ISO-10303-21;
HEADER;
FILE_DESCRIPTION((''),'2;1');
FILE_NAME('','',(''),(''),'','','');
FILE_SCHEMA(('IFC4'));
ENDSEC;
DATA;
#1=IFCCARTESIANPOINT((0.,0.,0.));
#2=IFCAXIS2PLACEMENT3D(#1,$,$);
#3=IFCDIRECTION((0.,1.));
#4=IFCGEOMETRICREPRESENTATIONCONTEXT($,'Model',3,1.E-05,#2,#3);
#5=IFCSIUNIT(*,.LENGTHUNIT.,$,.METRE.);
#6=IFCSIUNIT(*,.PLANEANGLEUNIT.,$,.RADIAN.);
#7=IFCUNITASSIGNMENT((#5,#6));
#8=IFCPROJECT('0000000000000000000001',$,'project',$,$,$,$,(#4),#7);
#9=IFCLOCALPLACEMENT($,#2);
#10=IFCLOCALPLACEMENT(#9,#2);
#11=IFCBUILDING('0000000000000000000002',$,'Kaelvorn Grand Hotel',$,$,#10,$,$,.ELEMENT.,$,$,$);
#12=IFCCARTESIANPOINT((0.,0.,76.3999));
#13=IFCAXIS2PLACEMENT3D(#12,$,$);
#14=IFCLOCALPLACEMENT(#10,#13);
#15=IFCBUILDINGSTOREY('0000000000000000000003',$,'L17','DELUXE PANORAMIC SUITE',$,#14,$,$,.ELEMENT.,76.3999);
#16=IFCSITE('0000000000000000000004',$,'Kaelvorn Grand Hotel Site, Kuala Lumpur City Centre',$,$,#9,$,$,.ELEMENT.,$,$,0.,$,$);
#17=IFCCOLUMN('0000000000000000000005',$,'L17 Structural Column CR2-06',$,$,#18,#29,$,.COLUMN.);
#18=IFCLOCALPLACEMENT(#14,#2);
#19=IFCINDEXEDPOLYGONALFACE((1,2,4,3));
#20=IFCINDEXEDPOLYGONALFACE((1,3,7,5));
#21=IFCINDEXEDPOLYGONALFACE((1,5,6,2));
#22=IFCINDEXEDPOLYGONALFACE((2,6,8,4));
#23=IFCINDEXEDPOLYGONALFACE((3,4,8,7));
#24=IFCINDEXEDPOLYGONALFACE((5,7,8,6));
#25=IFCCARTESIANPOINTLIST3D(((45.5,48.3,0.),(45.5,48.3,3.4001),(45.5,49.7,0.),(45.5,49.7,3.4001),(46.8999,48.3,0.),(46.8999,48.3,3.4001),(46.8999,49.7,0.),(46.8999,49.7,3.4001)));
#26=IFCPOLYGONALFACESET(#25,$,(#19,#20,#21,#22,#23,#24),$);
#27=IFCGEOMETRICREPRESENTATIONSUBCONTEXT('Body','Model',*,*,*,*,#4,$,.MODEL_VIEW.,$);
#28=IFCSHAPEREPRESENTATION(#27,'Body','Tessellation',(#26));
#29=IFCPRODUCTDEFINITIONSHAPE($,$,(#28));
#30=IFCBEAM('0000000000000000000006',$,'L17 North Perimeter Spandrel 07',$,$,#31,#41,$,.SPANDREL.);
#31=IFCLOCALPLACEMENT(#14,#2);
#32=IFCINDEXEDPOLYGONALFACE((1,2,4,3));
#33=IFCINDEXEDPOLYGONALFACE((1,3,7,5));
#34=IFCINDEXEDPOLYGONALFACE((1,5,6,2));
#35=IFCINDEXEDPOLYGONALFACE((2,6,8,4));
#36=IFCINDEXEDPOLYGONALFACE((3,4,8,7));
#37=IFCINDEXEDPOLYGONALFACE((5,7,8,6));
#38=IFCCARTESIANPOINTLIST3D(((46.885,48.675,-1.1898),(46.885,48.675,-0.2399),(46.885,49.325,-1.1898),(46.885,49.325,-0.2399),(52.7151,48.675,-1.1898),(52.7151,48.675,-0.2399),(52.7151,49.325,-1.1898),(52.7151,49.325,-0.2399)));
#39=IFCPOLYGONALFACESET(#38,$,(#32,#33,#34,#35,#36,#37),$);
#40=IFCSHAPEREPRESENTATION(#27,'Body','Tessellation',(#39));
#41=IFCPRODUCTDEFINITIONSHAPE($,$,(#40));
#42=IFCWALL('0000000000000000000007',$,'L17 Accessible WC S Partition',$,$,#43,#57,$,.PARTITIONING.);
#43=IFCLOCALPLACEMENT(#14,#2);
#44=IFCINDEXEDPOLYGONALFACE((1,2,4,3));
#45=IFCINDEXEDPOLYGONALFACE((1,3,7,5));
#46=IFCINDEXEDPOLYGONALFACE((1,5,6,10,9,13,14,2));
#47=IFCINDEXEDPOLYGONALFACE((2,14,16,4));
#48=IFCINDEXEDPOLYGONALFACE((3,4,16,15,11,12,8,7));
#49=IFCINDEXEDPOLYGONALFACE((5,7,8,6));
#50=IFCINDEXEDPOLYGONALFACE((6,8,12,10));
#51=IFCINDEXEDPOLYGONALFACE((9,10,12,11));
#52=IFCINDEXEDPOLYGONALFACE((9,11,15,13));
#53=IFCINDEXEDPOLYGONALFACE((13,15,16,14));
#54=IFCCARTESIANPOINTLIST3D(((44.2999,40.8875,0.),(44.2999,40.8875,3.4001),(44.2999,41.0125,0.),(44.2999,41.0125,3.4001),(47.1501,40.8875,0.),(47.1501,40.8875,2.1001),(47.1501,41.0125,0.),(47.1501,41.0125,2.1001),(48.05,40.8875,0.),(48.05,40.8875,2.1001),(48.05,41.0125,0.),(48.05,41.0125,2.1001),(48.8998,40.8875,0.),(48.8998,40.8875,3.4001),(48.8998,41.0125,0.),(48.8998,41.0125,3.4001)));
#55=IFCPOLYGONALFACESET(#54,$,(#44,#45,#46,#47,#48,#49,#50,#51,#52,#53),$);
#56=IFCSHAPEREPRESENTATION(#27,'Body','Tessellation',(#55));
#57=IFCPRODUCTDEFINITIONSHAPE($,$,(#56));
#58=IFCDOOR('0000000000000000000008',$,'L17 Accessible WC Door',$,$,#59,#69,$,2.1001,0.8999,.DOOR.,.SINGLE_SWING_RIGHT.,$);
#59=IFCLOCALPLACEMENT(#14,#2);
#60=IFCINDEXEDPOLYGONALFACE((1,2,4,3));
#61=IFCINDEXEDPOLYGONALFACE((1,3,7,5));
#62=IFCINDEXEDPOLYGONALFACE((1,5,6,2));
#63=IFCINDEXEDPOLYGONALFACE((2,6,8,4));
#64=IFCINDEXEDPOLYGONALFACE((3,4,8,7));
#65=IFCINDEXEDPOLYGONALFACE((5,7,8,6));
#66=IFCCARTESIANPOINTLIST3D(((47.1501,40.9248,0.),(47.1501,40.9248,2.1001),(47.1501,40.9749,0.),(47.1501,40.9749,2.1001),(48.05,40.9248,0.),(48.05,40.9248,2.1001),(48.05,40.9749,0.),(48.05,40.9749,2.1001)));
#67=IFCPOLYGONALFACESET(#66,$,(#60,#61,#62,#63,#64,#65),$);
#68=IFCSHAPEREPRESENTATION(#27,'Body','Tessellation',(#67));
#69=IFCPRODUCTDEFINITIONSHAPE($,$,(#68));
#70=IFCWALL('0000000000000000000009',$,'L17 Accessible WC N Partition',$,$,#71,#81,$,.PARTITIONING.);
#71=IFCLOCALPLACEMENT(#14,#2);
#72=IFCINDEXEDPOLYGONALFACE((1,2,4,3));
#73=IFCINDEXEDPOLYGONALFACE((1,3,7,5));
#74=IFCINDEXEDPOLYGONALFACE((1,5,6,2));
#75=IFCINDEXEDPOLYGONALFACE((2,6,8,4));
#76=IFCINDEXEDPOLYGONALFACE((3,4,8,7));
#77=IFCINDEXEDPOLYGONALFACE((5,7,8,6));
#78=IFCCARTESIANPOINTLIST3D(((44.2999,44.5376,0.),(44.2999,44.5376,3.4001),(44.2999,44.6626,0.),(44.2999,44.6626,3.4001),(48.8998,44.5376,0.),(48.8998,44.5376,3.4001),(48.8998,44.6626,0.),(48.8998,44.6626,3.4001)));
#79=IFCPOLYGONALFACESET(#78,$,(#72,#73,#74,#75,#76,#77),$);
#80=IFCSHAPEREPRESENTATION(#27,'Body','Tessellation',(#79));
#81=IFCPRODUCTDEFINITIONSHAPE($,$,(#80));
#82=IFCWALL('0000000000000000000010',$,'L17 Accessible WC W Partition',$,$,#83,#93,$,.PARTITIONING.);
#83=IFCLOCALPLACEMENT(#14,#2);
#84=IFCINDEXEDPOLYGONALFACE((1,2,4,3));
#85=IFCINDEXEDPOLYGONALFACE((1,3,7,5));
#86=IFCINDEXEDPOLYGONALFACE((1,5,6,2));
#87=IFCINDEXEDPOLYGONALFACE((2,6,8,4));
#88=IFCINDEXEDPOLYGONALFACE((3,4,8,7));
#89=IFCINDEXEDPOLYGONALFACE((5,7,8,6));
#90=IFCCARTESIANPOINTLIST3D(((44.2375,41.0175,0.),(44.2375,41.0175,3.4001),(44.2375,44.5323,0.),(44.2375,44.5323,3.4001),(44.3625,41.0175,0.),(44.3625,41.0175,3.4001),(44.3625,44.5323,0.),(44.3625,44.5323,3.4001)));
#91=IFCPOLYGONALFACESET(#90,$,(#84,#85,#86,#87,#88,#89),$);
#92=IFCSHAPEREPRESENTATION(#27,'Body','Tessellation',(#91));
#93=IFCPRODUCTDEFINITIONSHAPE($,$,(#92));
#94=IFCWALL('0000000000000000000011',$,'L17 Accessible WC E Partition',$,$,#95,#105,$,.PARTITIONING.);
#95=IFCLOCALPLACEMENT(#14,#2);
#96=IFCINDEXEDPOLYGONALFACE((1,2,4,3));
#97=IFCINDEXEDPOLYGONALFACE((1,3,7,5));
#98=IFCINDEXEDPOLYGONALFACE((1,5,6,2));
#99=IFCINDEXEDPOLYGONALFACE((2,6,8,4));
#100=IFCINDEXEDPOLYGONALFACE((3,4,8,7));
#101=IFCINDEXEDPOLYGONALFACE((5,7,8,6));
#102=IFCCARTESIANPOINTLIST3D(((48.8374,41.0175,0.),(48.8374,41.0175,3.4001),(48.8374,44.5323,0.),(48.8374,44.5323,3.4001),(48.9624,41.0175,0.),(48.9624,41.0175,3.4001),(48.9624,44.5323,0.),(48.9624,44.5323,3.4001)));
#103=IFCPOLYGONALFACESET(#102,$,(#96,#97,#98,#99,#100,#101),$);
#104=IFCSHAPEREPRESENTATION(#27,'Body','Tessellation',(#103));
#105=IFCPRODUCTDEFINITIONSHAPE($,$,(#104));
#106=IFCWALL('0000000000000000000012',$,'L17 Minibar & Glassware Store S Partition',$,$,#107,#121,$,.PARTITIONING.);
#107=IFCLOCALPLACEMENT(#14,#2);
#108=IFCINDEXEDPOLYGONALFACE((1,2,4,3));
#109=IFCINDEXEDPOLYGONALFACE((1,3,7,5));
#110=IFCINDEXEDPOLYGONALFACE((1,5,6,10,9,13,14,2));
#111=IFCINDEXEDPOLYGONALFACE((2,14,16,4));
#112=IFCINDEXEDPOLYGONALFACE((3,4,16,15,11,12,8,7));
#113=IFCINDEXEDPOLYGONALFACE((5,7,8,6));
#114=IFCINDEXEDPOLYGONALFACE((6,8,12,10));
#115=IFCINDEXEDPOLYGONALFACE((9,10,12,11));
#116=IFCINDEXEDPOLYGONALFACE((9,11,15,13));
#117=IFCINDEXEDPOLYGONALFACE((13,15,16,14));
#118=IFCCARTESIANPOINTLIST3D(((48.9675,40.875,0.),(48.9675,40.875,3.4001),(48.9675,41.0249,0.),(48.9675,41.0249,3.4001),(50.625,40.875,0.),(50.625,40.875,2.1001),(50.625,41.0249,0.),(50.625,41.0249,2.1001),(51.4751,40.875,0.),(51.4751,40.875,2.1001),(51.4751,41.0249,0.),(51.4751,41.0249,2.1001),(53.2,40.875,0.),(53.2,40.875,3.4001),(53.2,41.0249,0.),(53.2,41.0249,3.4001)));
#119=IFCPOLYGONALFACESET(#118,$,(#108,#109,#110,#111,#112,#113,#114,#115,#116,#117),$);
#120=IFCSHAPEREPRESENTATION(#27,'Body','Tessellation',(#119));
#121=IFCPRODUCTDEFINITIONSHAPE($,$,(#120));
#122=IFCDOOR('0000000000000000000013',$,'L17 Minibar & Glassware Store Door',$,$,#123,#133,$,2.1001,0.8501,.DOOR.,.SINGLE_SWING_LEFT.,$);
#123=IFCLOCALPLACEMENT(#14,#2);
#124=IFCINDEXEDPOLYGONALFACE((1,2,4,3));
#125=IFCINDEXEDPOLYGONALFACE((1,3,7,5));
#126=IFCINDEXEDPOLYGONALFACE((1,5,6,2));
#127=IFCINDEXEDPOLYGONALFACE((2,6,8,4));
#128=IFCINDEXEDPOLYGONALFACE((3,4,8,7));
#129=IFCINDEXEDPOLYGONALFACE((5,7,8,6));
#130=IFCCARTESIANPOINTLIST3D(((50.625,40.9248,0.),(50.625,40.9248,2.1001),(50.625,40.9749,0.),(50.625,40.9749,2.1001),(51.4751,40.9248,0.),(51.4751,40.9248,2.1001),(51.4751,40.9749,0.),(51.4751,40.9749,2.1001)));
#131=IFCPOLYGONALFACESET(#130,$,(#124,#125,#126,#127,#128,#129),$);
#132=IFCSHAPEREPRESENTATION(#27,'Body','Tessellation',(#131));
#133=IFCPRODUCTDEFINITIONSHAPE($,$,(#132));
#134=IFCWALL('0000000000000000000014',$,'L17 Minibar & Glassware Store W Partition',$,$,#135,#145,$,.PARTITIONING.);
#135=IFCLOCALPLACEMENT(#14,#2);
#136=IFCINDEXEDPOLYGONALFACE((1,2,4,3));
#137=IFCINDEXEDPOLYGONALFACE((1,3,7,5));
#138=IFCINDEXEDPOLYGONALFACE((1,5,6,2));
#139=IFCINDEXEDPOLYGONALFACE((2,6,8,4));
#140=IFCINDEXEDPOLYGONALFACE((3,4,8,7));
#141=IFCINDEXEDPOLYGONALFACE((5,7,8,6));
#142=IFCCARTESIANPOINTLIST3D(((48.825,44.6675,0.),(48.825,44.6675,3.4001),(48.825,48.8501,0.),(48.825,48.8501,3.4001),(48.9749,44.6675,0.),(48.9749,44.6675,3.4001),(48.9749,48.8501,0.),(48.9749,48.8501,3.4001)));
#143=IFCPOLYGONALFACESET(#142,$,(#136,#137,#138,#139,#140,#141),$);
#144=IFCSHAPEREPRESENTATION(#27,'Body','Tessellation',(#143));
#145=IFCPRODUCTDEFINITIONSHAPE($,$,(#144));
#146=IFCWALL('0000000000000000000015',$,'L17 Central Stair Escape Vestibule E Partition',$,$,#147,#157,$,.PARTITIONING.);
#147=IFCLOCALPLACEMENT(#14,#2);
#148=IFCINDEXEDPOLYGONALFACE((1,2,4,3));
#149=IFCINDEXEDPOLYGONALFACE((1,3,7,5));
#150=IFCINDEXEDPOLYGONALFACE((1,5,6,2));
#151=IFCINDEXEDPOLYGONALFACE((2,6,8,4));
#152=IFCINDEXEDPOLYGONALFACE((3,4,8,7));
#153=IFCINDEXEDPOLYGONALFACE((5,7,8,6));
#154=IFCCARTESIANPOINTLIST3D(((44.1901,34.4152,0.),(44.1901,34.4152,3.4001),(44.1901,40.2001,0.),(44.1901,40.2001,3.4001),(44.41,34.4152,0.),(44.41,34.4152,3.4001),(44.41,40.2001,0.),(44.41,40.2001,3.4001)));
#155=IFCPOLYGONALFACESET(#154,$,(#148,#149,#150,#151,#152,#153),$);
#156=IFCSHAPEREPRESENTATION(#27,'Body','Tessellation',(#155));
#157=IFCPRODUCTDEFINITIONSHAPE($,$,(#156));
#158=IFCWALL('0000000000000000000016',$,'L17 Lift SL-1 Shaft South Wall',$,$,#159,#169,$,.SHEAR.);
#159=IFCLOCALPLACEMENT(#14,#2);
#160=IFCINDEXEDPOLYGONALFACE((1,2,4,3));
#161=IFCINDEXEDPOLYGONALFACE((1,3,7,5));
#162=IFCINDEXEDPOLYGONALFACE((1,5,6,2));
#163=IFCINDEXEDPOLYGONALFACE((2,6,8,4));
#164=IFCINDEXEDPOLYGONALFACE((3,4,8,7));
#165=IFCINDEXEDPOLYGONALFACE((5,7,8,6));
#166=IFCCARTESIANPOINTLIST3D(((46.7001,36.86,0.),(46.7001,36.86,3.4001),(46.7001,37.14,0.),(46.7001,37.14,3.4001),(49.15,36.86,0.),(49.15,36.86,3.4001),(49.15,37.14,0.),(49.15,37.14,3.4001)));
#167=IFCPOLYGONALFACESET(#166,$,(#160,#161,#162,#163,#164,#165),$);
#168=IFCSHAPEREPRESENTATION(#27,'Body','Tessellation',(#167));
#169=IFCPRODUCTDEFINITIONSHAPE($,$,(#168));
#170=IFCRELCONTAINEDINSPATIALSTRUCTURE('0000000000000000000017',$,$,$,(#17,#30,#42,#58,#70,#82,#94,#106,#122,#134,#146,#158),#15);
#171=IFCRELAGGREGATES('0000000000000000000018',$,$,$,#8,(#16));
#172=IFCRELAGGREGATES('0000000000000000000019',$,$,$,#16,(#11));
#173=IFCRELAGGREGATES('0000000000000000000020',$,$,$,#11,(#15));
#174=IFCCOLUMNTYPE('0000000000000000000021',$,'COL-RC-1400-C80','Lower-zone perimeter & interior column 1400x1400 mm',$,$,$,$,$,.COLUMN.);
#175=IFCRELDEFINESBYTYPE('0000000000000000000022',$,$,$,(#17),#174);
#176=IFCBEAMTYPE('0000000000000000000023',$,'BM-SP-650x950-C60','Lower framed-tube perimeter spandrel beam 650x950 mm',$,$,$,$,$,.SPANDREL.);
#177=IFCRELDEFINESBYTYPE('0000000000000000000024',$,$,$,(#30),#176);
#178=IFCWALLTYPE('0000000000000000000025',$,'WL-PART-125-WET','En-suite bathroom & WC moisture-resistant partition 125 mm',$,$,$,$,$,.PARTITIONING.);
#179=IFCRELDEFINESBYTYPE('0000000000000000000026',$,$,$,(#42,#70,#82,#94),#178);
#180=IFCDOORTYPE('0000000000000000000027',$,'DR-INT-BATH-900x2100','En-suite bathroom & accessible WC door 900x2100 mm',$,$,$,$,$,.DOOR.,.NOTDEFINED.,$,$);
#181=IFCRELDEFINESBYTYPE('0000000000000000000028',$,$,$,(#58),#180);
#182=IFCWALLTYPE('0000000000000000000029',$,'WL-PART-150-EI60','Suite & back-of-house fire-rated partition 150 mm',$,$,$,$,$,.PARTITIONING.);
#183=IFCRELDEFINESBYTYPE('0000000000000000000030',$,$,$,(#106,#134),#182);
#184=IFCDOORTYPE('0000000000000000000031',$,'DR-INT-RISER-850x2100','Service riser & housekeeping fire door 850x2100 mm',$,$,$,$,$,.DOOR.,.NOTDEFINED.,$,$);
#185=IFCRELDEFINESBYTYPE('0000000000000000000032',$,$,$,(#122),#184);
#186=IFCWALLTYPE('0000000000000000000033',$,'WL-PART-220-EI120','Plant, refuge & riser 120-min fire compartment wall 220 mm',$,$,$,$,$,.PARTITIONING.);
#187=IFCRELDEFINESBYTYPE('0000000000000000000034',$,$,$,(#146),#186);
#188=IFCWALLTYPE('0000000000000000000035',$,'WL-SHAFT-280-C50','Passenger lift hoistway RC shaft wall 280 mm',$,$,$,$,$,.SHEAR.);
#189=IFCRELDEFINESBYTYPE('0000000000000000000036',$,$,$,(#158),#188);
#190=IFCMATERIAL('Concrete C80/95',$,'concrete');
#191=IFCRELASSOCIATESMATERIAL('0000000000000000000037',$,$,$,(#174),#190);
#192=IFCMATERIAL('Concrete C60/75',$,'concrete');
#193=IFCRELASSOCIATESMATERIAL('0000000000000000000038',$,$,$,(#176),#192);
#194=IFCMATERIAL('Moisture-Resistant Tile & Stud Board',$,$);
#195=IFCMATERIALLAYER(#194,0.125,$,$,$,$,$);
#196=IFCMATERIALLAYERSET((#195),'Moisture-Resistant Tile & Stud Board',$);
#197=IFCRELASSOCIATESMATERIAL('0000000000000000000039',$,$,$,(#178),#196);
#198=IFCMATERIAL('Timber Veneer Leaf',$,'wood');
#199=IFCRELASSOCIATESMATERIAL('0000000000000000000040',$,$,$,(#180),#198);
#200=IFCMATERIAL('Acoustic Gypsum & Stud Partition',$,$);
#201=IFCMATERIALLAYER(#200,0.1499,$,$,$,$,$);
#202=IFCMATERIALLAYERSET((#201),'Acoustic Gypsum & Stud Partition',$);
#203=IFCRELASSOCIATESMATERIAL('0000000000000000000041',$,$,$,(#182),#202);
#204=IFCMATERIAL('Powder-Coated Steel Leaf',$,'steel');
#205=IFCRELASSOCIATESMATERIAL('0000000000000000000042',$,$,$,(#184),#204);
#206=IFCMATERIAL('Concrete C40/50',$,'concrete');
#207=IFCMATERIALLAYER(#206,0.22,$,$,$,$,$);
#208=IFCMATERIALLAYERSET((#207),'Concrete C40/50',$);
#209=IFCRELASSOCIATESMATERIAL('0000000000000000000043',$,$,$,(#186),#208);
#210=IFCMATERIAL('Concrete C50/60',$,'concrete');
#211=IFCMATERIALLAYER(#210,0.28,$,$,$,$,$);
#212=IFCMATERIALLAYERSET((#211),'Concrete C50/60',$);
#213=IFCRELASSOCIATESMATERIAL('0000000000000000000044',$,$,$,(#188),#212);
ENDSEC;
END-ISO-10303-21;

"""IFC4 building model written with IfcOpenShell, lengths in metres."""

from ifc_helpers import new_model, si_unit, direction, frame, frame_2d, origin, origin_2d, place, context, subcontext, project, spatial, rectangle, extrude, material, layer, layer_set, material_profile, profile_set, type_object, element, fill, save


model = new_model("IFC4")

# Units and contexts
model_context = context("Model", 3, precision=1e-05, world=origin(), true_north=direction((0.0, 1.0)))
body_context = subcontext(model_context, "Body", "Model", "MODEL_VIEW")
ifc_project = project(units=[si_unit("LENGTHUNIT", "METRE"), si_unit("PLANEANGLEUNIT", "RADIAN")], contexts=[model_context])

# Site, building, storey
site_placement = place(None, origin())
site = spatial("IfcSite", under=ifc_project, at=site_placement, Name="Kaelvorn Grand Hotel Site, Kuala Lumpur City Centre", CompositionType="ELEMENT", RefElevation=0.0)
building_placement = place(site_placement, origin())
building = spatial("IfcBuilding", under=site, at=building_placement, Name="Kaelvorn Grand Hotel", CompositionType="ELEMENT")
storey_placement = place(building_placement, frame((0.0, 0.0, 76.3999)))
storey = spatial("IfcBuildingStorey", under=building, at=storey_placement, Name="L17", Description="DELUXE PANORAMIC SUITE", CompositionType="ELEMENT", Elevation=76.3999)

# Column
ifc_material_1 = material(Name="Concrete C80/95", Category="concrete")
ifc_material_profile_1 = material_profile(ifc_material_1, rectangle(XDim=1.3999, YDim=1.3999, at=origin_2d()), Name="RC COL 1400x1400")
ifc_profile_set_1 = profile_set([ifc_material_profile_1], Name="Concrete C80/95")
column_type = type_object("IfcColumnType", Name="COL-RC-1400-C80", Description="Lower-zone perimeter & interior column 1400x1400 mm", PredefinedType="COLUMN", material=ifc_profile_set_1)
column_placement = place(storey_placement, frame((46.2, 49.0, 0.0), z_axis=(0.0, 0.0, 1.0), x_axis=(1.0, 0.0, 0.0)))
element("IfcColumn", 1, at=column_placement, inside=storey, type_object=column_type, Name="L17 Structural Column CR2-06", PredefinedType="COLUMN", context=body_context, shape_type="SweptSolid", body=[
    extrude(rectangle(XDim=1.3999, YDim=1.3999, at=origin_2d()), origin(), (0.0, 0.0, 1.0), 3.4001),
])

# Beam
ifc_material_2 = material(Name="Concrete C60/75", Category="concrete")
ifc_material_profile_2 = material_profile(ifc_material_2, rectangle(XDim=0.6499, YDim=0.95, at=origin_2d()), Name="RC SPANDREL 650x950")
ifc_profile_set_2 = profile_set([ifc_material_profile_2], Name="Concrete C60/75")
beam_type = type_object("IfcBeamType", Name="BM-SP-650x950-C60", Description="Lower framed-tube perimeter spandrel beam 650x950 mm", PredefinedType="SPANDREL", material=ifc_profile_set_2)
beam_placement = place(storey_placement, frame((46.885, 49.0, -0.7148), z_axis=(1.0, 0.0, 0.0), x_axis=(0.0, 1.0, 0.0)))
element("IfcBeam", 2, at=beam_placement, inside=storey, type_object=beam_type, Name="L17 North Perimeter Spandrel 07", PredefinedType="SPANDREL", context=body_context, shape_type="SweptSolid", body=[
    extrude(rectangle(XDim=0.6499, YDim=0.95, at=origin_2d()), origin(), (0.0, 0.0, 1.0), 5.8301),
])

# Wall, opening, door
ifc_material_3 = material(Name="Moisture-Resistant Tile & Stud Board")
ifc_layer_1 = layer(ifc_material_3, 0.125)
ifc_layer_set_1 = layer_set([ifc_layer_1], Name="Moisture-Resistant Tile & Stud Board")
wall_type_1 = type_object("IfcWallType", Name="WL-PART-125-WET", Description="En-suite bathroom & WC moisture-resistant partition 125 mm", PredefinedType="PARTITIONING", material=ifc_layer_set_1)
wall_1_placement = place(storey_placement, frame((44.3, 40.95, 0.0), z_axis=(0.0, 0.0, 1.0), x_axis=(1.0, 0.0, 0.0)))
wall_1 = element("IfcWall", 3, at=wall_1_placement, inside=storey, type_object=wall_type_1, Name="L17 Accessible WC S Partition", PredefinedType="PARTITIONING", context=body_context, shape_type="SweptSolid", body=[
    extrude(rectangle(XDim=4.5999, YDim=0.125, at=frame_2d((2.2998, 0.0))), origin(), (0.0, 0.0, 1.0), 3.4001),
])
opening_1_placement = place(wall_1_placement, frame((2.8501, 0.0, 0.0)))
opening_1 = element("IfcOpeningElement", 4, at=opening_1_placement, cuts=wall_1, PredefinedType="OPENING", context=body_context, shape_type="SweptSolid", body=[
    extrude(rectangle(XDim=0.8999, YDim=2.1001, at=frame_2d((0.45, 1.05))), frame((0.0, 0.0725, 0.0), z_axis=(0.0, -1.0, 0.0), x_axis=(1.0, 0.0, 0.0)), (0.0, 0.0, 1.0), 0.145),
])
ifc_material_4 = material(Name="Timber Veneer Leaf", Category="wood")
door_type_1 = type_object("IfcDoorType", Name="DR-INT-BATH-900x2100", Description="En-suite bathroom & accessible WC door 900x2100 mm", OperationType="NOTDEFINED", PredefinedType="DOOR", material=ifc_material_4)
door_1_placement = place(opening_1_placement, origin())
door_1 = element("IfcDoor", 5, at=door_1_placement, inside=storey, type_object=door_type_1, Name="L17 Accessible WC Door", OperationType="SINGLE_SWING_RIGHT", OverallHeight=2.1001, OverallWidth=0.8999, PredefinedType="DOOR", context=body_context, shape_type="SweptSolid", body=[
    extrude(rectangle(XDim=0.8999, YDim=2.1001, at=frame_2d((0.45, 1.05))), frame((0.0, 0.0249, 0.0), z_axis=(0.0, -1.0, 0.0), x_axis=(1.0, 0.0, 0.0)), (0.0, 0.0, 1.0), 0.05),
])
fill(opening_1, door_1)

# Walls
wall_2_placement = place(storey_placement, frame((44.3, 44.6001, 0.0), z_axis=(0.0, 0.0, 1.0), x_axis=(1.0, 0.0, 0.0)))
element("IfcWall", 6, at=wall_2_placement, inside=storey, type_object=wall_type_1, Name="L17 Accessible WC N Partition", PredefinedType="PARTITIONING", context=body_context, shape_type="SweptSolid", body=[
    extrude(rectangle(XDim=4.5999, YDim=0.125, at=frame_2d((2.2998, 0.0))), origin(), (0.0, 0.0, 1.0), 3.4001),
])
for number, where, z_axis, x_axis, name in (
    (7, (44.3, 41.0176, 0.0), (0.0, 0.0, 1.0), (0.0, 1.0, 0.0), "L17 Accessible WC W Partition"),
    (8, (48.8999, 41.0176, 0.0), (0.0, 0.0, 1.0), (0.0, 1.0, 0.0), "L17 Accessible WC E Partition"),
):
    element("IfcWall", number, at=place(storey_placement, frame(where, z_axis=z_axis, x_axis=x_axis)), inside=storey, type_object=wall_type_1, Name=name, PredefinedType="PARTITIONING", context=body_context, shape_type="SweptSolid", body=[
        extrude(rectangle(XDim=3.5149, YDim=0.125, at=frame_2d((1.7573, 0.0))), origin(), (0.0, 0.0, 1.0), 3.4001),
    ])

# Wall, opening, door
ifc_material_5 = material(Name="Acoustic Gypsum & Stud Partition")
ifc_layer_2 = layer(ifc_material_5, 0.1499)
ifc_layer_set_2 = layer_set([ifc_layer_2], Name="Acoustic Gypsum & Stud Partition")
wall_type_2 = type_object("IfcWallType", Name="WL-PART-150-EI60", Description="Suite & back-of-house fire-rated partition 150 mm", PredefinedType="PARTITIONING", material=ifc_layer_set_2)
wall_3_placement = place(storey_placement, frame((48.9675, 40.95, 0.0), z_axis=(0.0, 0.0, 1.0), x_axis=(1.0, 0.0, 0.0)))
wall_3 = element("IfcWall", 9, at=wall_3_placement, inside=storey, type_object=wall_type_2, Name="L17 Minibar & Glassware Store S Partition", PredefinedType="PARTITIONING", context=body_context, shape_type="SweptSolid", body=[
    extrude(rectangle(XDim=4.2324, YDim=0.1499, at=frame_2d((2.1162, 0.0))), origin(), (0.0, 0.0, 1.0), 3.4001),
])
opening_2_placement = place(wall_3_placement, frame((1.6575, 0.0, 0.0)))
opening_2 = element("IfcOpeningElement", 10, at=opening_2_placement, cuts=wall_3, PredefinedType="OPENING", context=body_context, shape_type="SweptSolid", body=[
    extrude(rectangle(XDim=0.8501, YDim=2.1001, at=frame_2d((0.425, 1.05))), frame((0.0, 0.085, 0.0), z_axis=(0.0, -1.0, 0.0), x_axis=(1.0, 0.0, 0.0)), (0.0, 0.0, 1.0), 0.1699),
])
ifc_material_6 = material(Name="Powder-Coated Steel Leaf", Category="steel")
door_type_2 = type_object("IfcDoorType", Name="DR-INT-RISER-850x2100", Description="Service riser & housekeeping fire door 850x2100 mm", OperationType="NOTDEFINED", PredefinedType="DOOR", material=ifc_material_6)
door_2_placement = place(opening_2_placement, origin())
door_2 = element("IfcDoor", 11, at=door_2_placement, inside=storey, type_object=door_type_2, Name="L17 Minibar & Glassware Store Door", OperationType="SINGLE_SWING_LEFT", OverallHeight=2.1001, OverallWidth=0.8501, PredefinedType="DOOR", context=body_context, shape_type="SweptSolid", body=[
    extrude(rectangle(XDim=0.8501, YDim=2.1001, at=frame_2d((0.425, 1.05))), frame((0.0, 0.0249, 0.0), z_axis=(0.0, -1.0, 0.0), x_axis=(1.0, 0.0, 0.0)), (0.0, 0.0, 1.0), 0.05),
])
fill(opening_2, door_2)

# Walls
wall_4_placement = place(storey_placement, frame((48.8999, 44.6675, 0.0), z_axis=(0.0, 0.0, 1.0), x_axis=(0.0, 1.0, 0.0)))
element("IfcWall", 12, at=wall_4_placement, inside=storey, type_object=wall_type_2, Name="L17 Minibar & Glassware Store W Partition", PredefinedType="PARTITIONING", context=body_context, shape_type="SweptSolid", body=[
    extrude(rectangle(XDim=4.1826, YDim=0.1499, at=frame_2d((2.0913, 0.0))), origin(), (0.0, 0.0, 1.0), 3.4001),
])
ifc_material_7 = material(Name="Concrete C40/50", Category="concrete")
ifc_layer_3 = layer(ifc_material_7, 0.22)
ifc_layer_set_3 = layer_set([ifc_layer_3], Name="Concrete C40/50")
wall_type_3 = type_object("IfcWallType", Name="WL-PART-220-EI120", Description="Plant, refuge & riser 120-min fire compartment wall 220 mm", PredefinedType="PARTITIONING", material=ifc_layer_set_3)
wall_5_placement = place(storey_placement, frame((44.3, 34.415, 0.0), z_axis=(0.0, 0.0, 1.0), x_axis=(0.0, 1.0, 0.0)))
element("IfcWall", 13, at=wall_5_placement, inside=storey, type_object=wall_type_3, Name="L17 Central Stair Escape Vestibule E Partition", PredefinedType="PARTITIONING", context=body_context, shape_type="SweptSolid", body=[
    extrude(rectangle(XDim=5.7849, YDim=0.22, at=frame_2d((2.8926, 0.0))), origin(), (0.0, 0.0, 1.0), 3.4001),
])
ifc_material_8 = material(Name="Concrete C50/60", Category="concrete")
ifc_layer_4 = layer(ifc_material_8, 0.28)
ifc_layer_set_4 = layer_set([ifc_layer_4], Name="Concrete C50/60")
wall_type_4 = type_object("IfcWallType", Name="WL-SHAFT-280-C50", Description="Passenger lift hoistway RC shaft wall 280 mm", PredefinedType="SHEAR", material=ifc_layer_set_4)
for number, where, z_axis, x_axis, name in (
    (14, (46.7, 37.0, 0.0), (0.0, 0.0, 1.0), (1.0, 0.0, 0.0), "L17 Lift SL-1 Shaft South Wall"),
):
    element("IfcWall", number, at=place(storey_placement, frame(where, z_axis=z_axis, x_axis=x_axis)), inside=storey, type_object=wall_type_4, Name=name, PredefinedType="SHEAR", context=body_context, shape_type="SweptSolid", body=[
        extrude(rectangle(XDim=2.45, YDim=0.28, at=frame_2d((1.2251, 0.0))), origin(), (0.0, 0.0, 1.0), 3.4001),
    ])

save(model, "model.ifc")
